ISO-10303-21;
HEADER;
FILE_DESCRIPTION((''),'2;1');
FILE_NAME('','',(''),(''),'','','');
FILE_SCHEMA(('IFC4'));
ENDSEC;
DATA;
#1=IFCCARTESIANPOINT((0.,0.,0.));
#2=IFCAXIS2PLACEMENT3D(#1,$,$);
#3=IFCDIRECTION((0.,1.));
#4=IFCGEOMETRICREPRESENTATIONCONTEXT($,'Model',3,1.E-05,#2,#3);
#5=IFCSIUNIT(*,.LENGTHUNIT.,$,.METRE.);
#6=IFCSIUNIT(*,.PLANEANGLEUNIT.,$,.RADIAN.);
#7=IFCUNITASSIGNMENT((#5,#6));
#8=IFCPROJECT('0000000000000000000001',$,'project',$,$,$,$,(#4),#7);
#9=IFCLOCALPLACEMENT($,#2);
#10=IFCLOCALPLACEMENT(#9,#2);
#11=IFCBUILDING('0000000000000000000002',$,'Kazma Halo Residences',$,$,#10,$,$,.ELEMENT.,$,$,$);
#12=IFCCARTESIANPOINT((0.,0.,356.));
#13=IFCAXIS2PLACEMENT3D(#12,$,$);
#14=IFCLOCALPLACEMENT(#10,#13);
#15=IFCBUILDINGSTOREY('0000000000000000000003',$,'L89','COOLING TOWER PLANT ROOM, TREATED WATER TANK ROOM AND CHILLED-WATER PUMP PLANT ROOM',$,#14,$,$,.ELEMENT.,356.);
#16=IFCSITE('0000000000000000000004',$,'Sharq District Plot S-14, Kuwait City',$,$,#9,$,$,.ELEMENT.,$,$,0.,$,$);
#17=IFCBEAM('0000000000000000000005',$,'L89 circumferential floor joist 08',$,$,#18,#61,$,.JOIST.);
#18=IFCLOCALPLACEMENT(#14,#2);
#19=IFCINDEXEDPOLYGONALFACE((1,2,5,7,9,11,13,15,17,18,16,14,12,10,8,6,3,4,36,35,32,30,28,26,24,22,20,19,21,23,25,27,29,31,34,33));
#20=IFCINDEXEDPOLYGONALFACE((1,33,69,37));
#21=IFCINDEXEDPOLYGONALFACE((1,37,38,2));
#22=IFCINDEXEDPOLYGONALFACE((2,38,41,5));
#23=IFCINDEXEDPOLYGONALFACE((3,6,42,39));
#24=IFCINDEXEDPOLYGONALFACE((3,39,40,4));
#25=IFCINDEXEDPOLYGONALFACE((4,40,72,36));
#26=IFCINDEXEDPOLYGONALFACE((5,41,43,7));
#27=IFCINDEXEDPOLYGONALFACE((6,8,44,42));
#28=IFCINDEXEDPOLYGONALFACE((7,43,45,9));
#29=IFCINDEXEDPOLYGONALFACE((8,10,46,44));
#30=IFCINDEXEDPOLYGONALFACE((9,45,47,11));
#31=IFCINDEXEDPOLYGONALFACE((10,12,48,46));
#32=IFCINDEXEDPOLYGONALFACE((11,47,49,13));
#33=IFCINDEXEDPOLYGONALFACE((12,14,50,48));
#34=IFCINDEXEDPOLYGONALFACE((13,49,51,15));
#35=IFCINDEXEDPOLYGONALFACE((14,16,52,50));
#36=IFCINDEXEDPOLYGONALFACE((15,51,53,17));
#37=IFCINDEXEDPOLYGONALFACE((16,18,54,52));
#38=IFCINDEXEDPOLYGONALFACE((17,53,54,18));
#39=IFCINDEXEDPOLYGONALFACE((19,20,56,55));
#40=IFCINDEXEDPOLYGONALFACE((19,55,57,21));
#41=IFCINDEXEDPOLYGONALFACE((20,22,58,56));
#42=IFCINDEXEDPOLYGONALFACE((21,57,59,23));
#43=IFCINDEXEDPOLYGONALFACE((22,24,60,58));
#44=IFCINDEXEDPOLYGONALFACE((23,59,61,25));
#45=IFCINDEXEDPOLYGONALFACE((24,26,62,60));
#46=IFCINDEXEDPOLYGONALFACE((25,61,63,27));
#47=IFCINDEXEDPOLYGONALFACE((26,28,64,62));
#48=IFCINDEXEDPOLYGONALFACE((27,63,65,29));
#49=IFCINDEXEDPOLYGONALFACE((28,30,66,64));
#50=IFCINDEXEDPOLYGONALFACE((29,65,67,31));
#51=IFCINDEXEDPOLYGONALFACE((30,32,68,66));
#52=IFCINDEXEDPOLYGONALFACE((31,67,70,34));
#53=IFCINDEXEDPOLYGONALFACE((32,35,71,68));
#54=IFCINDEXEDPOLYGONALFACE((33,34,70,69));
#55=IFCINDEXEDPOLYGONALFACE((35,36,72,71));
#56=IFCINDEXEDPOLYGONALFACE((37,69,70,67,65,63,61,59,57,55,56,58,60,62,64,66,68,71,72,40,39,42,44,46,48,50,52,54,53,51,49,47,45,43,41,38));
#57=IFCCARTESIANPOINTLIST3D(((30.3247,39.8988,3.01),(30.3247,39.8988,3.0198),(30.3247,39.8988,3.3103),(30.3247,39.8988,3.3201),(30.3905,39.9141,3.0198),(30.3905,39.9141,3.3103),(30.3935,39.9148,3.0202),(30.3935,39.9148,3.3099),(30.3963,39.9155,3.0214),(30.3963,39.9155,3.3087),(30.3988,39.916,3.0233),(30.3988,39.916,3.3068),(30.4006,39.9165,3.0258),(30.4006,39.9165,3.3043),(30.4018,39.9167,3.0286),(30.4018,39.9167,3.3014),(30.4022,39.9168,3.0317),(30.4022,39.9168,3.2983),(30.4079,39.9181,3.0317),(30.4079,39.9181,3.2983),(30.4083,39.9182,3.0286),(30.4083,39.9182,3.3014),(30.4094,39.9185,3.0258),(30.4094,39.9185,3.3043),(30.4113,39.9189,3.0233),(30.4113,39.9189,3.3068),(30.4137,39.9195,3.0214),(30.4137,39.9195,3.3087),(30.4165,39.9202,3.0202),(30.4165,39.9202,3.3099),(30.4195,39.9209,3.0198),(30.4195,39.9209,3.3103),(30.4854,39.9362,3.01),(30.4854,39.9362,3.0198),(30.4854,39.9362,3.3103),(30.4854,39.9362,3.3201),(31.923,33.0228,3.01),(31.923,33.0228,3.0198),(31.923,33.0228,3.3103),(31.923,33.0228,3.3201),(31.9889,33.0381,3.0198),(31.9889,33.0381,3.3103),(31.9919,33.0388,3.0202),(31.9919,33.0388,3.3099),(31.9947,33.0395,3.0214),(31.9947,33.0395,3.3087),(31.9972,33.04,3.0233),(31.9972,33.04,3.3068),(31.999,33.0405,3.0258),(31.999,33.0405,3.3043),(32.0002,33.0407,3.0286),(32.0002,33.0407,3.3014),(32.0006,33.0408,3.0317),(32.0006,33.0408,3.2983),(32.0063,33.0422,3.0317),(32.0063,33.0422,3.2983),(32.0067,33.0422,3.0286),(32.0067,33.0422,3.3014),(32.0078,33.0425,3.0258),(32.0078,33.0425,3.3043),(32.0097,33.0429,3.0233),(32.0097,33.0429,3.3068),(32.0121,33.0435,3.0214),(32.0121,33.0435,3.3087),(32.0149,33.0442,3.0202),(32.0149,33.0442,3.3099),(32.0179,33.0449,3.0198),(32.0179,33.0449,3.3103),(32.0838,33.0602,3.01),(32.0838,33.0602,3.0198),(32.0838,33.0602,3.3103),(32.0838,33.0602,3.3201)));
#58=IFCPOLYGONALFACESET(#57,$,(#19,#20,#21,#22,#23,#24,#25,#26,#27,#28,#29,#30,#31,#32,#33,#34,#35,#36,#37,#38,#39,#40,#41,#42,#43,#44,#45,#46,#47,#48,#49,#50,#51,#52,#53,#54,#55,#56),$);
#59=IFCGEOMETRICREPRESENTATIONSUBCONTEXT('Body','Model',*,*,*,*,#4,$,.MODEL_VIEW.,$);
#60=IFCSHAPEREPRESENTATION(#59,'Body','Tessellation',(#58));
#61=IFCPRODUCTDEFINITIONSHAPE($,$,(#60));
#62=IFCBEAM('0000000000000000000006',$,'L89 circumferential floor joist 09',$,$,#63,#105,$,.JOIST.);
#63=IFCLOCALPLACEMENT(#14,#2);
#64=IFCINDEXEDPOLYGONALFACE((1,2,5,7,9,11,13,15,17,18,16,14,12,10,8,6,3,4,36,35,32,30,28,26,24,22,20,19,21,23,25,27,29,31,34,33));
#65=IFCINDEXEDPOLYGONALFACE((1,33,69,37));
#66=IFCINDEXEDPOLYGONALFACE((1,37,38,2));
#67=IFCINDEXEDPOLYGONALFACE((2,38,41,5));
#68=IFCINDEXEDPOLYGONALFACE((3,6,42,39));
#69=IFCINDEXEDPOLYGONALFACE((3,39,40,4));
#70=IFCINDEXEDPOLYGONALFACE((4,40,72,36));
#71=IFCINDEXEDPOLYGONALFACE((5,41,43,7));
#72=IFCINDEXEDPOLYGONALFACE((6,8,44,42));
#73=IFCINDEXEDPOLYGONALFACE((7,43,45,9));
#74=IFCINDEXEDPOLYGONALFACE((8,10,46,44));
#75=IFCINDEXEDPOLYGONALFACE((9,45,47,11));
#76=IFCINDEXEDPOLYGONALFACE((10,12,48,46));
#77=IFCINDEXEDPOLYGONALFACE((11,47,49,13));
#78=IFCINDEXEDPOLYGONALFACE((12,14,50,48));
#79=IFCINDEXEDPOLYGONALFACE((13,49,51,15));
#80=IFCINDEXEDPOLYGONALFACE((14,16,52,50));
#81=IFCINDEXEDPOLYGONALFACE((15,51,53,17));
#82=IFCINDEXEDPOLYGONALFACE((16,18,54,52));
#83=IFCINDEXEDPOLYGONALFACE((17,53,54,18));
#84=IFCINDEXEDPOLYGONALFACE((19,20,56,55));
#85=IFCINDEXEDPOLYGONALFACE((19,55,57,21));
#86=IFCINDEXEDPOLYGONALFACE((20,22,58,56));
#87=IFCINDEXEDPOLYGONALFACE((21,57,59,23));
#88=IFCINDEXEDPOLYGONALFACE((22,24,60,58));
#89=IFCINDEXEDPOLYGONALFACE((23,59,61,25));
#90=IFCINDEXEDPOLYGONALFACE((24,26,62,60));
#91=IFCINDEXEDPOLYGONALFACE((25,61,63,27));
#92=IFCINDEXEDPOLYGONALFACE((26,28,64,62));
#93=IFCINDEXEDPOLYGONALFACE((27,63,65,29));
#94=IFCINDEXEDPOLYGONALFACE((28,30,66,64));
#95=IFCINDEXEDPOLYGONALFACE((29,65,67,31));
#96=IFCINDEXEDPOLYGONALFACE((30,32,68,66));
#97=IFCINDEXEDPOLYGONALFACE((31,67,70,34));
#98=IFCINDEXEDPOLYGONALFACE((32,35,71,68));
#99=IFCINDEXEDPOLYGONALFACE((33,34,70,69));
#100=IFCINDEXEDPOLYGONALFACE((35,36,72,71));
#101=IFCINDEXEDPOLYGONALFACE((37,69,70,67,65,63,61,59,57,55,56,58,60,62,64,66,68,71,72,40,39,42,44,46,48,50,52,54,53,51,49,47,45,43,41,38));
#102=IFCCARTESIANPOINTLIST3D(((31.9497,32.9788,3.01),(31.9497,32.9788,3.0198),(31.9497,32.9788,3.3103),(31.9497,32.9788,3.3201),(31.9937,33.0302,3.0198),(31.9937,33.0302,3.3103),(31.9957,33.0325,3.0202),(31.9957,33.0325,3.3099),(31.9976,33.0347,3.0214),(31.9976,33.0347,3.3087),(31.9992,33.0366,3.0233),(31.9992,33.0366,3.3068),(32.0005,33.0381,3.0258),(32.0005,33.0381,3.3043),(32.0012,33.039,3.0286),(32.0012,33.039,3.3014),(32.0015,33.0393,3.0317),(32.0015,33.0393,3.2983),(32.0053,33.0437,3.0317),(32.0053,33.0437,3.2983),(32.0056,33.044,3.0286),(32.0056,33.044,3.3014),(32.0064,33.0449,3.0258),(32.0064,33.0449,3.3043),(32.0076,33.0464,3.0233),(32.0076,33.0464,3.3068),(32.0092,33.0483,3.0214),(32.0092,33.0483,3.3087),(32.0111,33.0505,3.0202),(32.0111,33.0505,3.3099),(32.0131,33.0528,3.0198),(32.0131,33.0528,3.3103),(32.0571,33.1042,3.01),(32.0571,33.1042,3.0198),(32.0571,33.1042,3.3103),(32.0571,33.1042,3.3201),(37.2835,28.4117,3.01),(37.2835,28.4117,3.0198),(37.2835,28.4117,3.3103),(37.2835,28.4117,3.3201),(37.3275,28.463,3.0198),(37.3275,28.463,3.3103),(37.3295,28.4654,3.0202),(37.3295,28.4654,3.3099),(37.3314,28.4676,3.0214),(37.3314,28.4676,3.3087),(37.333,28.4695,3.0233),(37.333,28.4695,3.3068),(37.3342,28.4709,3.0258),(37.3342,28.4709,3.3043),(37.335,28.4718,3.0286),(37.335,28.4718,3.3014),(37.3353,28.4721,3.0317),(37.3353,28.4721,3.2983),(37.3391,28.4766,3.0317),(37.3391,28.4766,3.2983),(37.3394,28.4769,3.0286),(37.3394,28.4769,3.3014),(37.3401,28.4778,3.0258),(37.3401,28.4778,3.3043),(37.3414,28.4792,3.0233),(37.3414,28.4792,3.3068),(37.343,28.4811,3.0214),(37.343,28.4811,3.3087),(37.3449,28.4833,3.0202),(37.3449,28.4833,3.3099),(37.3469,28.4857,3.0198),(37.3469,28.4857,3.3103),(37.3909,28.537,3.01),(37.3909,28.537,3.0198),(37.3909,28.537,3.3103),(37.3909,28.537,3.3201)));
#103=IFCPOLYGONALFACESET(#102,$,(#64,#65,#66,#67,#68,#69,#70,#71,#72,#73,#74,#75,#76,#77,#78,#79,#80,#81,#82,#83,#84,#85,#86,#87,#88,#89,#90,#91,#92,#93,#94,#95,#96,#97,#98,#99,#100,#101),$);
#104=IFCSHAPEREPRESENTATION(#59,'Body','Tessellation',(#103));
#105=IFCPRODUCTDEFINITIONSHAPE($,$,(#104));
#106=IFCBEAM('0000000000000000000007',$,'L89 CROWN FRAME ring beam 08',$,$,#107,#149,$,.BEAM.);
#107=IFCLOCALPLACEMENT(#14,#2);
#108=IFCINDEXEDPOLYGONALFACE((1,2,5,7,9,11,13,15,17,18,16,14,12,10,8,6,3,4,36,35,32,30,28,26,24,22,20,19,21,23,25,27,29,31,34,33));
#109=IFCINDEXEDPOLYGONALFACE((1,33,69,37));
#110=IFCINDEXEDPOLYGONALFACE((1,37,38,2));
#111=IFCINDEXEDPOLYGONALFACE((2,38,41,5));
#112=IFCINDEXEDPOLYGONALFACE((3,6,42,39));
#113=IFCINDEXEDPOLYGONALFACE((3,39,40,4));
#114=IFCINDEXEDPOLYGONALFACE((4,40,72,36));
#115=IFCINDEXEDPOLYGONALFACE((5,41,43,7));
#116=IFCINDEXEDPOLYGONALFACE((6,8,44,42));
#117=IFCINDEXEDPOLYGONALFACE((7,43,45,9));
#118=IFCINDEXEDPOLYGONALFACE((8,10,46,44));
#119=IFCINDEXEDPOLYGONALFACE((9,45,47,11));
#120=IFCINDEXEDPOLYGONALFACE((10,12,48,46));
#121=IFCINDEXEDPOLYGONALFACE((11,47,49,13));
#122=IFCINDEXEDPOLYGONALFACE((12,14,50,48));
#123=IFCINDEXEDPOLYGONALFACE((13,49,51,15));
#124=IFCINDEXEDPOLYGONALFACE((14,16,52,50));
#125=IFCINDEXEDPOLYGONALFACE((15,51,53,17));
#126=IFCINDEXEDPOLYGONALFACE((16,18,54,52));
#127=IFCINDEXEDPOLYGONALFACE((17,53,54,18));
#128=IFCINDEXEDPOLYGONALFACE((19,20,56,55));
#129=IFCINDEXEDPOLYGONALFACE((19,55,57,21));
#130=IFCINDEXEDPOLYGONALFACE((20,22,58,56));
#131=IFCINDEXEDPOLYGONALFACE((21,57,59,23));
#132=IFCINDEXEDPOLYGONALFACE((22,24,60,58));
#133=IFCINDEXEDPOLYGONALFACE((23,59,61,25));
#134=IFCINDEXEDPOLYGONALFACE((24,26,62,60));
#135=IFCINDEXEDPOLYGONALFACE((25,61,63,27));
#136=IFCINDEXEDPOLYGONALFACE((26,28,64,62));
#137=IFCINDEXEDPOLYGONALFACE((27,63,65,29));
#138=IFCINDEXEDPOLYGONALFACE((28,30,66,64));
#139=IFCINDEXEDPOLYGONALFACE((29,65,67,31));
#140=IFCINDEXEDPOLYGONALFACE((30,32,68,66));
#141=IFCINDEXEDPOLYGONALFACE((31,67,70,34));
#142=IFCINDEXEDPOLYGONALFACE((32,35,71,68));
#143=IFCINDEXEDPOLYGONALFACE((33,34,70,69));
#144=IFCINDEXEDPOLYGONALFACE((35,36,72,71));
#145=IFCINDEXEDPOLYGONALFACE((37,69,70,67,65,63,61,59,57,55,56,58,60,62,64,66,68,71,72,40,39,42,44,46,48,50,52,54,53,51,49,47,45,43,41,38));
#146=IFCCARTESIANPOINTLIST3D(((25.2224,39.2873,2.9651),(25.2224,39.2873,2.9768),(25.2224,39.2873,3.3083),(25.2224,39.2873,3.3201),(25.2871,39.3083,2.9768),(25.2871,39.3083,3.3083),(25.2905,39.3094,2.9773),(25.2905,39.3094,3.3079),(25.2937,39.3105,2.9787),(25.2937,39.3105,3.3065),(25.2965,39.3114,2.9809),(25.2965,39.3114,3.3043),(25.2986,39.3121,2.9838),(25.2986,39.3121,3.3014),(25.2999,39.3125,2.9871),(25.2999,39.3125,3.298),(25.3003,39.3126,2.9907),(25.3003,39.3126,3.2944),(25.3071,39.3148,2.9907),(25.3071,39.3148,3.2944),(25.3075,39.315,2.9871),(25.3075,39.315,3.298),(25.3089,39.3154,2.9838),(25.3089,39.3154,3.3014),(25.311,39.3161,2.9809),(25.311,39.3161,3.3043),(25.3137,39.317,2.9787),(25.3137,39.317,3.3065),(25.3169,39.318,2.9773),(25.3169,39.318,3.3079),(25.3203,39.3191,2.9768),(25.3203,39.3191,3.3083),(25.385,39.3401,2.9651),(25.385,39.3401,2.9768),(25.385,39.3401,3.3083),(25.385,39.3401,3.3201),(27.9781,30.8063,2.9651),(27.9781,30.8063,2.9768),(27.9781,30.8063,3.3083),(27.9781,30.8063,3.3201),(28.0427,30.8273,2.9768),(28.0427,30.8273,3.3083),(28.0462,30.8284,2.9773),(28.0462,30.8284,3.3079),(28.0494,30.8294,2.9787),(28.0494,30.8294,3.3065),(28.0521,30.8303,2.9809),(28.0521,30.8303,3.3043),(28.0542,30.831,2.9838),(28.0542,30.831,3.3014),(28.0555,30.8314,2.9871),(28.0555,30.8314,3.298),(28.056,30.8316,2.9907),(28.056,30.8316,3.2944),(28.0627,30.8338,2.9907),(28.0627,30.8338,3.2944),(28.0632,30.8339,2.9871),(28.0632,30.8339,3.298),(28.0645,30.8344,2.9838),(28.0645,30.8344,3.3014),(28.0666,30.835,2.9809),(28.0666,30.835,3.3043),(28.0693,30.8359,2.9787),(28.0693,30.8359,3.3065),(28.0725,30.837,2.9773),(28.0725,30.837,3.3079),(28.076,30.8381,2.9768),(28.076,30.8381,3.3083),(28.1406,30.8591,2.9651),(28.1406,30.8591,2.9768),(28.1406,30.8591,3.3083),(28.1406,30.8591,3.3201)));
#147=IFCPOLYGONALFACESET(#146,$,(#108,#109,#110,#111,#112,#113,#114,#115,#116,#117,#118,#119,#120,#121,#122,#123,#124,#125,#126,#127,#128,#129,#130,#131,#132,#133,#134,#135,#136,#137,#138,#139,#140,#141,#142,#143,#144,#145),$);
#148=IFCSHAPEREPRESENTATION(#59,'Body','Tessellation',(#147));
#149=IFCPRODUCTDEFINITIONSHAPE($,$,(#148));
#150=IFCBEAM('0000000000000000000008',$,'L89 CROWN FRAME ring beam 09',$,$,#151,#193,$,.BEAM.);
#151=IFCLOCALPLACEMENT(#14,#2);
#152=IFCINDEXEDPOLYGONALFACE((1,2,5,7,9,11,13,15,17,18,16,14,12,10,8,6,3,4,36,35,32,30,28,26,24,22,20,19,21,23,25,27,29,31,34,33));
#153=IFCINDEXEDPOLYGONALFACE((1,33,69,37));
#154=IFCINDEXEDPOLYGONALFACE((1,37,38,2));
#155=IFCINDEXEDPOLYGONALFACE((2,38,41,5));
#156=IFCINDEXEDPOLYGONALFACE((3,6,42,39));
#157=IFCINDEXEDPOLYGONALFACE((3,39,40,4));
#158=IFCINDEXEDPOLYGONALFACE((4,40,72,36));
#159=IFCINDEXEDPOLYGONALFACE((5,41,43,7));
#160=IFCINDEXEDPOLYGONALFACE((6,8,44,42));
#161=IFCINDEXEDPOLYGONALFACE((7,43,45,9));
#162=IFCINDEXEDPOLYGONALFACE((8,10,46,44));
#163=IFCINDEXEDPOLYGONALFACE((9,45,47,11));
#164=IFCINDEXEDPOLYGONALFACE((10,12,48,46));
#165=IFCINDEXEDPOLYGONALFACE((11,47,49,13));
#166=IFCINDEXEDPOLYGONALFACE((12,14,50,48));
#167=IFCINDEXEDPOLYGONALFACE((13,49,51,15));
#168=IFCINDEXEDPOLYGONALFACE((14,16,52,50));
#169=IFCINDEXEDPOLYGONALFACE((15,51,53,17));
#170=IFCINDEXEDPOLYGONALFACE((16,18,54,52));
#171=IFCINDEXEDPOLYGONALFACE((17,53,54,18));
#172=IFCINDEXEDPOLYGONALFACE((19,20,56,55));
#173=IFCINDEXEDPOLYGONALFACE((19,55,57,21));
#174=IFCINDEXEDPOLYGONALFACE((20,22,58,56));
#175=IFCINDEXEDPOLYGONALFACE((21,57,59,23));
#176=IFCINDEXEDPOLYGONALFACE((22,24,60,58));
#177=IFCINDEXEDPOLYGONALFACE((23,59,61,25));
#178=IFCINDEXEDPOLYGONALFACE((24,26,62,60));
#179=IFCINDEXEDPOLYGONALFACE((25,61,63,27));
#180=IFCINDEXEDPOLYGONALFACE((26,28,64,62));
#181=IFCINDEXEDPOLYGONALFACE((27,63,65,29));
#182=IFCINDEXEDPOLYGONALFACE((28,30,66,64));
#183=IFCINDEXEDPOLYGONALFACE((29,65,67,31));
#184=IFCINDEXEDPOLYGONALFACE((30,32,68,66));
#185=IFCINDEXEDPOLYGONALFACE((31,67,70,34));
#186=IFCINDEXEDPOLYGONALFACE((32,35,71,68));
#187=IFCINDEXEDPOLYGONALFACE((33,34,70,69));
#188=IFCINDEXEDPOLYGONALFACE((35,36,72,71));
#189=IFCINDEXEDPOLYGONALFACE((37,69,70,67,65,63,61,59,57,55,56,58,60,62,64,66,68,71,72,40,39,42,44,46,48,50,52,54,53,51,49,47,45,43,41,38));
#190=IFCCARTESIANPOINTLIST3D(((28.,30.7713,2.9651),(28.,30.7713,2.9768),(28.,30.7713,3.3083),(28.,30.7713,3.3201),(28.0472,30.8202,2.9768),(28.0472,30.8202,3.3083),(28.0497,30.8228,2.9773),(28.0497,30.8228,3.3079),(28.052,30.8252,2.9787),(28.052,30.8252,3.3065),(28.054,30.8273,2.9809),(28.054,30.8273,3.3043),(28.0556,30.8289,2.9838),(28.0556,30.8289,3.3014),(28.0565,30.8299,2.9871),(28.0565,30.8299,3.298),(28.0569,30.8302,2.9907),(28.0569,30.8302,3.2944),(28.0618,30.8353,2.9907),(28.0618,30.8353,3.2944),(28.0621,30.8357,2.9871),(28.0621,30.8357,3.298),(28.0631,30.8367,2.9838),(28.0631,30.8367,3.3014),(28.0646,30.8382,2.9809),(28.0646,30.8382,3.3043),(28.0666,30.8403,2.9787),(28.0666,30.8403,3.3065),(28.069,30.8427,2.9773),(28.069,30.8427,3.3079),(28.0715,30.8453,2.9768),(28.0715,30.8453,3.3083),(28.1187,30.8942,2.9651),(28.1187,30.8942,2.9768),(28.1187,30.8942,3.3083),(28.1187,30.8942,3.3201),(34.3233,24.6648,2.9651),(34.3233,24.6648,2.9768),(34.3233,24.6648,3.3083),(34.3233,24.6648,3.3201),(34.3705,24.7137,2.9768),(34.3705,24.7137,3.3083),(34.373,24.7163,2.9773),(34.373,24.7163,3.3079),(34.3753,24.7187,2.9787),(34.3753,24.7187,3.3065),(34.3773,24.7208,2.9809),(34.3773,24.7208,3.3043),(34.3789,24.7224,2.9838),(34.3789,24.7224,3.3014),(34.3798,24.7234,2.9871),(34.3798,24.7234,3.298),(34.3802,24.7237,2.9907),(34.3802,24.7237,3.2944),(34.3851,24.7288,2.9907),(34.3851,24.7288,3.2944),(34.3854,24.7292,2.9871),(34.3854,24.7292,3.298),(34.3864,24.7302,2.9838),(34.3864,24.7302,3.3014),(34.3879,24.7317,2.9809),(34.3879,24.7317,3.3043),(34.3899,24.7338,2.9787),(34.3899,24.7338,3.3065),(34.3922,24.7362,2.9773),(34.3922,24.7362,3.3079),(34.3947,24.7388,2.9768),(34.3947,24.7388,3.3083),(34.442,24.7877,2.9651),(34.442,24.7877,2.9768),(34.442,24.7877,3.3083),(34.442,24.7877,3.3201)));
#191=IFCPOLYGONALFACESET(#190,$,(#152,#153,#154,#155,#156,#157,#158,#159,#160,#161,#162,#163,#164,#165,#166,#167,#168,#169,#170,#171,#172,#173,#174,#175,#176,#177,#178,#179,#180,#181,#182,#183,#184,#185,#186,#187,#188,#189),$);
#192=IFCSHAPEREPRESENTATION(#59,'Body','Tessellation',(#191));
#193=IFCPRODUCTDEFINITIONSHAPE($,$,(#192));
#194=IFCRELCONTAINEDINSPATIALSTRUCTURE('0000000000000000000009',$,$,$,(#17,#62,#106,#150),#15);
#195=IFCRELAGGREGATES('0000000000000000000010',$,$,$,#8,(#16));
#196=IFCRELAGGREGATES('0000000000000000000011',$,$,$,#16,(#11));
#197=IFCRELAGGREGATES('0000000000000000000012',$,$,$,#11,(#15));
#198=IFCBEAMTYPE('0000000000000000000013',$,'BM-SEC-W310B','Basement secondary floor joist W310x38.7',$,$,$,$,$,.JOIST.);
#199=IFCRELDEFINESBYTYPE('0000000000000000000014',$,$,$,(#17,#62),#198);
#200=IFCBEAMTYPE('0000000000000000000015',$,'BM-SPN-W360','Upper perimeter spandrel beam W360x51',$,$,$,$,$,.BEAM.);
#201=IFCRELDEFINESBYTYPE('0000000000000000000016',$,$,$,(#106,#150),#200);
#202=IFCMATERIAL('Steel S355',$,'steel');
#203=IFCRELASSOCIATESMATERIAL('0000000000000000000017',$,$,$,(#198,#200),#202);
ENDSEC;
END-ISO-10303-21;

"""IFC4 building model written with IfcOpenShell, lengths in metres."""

from ifc_helpers import new_model, si_unit, direction, frame, origin, origin_2d, place, context, subcontext, project, spatial, i_section, extrude, material, material_profile, profile_set, type_object, element, save


model = new_model("IFC4")

# Units and contexts
model_context = context("Model", 3, precision=1e-05, world=origin(), true_north=direction((0.0, 1.0)))
body_context = subcontext(model_context, "Body", "Model", "MODEL_VIEW")
ifc_project = project(units=[si_unit("LENGTHUNIT", "METRE"), si_unit("PLANEANGLEUNIT", "RADIAN")], contexts=[model_context])

# Site, building, storey
site_placement = place(None, origin())
site = spatial("IfcSite", under=ifc_project, at=site_placement, Name="Sharq District Plot S-14, Kuwait City", CompositionType="ELEMENT", RefElevation=0.0)
building_placement = place(site_placement, origin())
building = spatial("IfcBuilding", under=site, at=building_placement, Name="Kazma Halo Residences", CompositionType="ELEMENT")
storey_placement = place(building_placement, frame((0.0, 0.0, 356.0)))
storey = spatial("IfcBuildingStorey", under=building, at=storey_placement, Name="L89", Description="COOLING TOWER PLANT ROOM, TREATED WATER TANK ROOM AND CHILLED-WATER PUMP PLANT ROOM", CompositionType="ELEMENT", Elevation=356.0)

# Shared definitions
ifc_material_1 = material(Name="Steel S355", Category="steel")

# Beams
ifc_material_profile_1 = material_profile(ifc_material_1, i_section(OverallWidth=0.165, OverallDepth=0.3101, WebThickness=0.0059, FlangeThickness=0.0098, FilletRadius=0.012, at=origin_2d()), Name="W310x38.7")
ifc_profile_set_1 = profile_set([ifc_material_profile_1], Name="Steel S355")
beam_type_1 = type_object("IfcBeamType", Name="BM-SEC-W310B", Description="Basement secondary floor joist W310x38.7", PredefinedType="JOIST", material=ifc_profile_set_1)
beam_1_placement = place(storey_placement, frame((30.405, 39.9175, 3.165), z_axis=(0.226423, -0.974029, 0.0), x_axis=(0.974029, 0.226423, 0.0)))
element("IfcBeam", 1, at=beam_1_placement, inside=storey, type_object=beam_type_1, Name="L89 circumferential floor joist 08", PredefinedType="JOIST", context=body_context, shape_type="SweptSolid", body=[
    extrude(i_section(OverallWidth=0.165, OverallDepth=0.3101, WebThickness=0.0059, FlangeThickness=0.0098, FilletRadius=0.012, at=origin_2d()), origin(), (0.0, 0.0, 1.0), 7.0593),
])
beam_2_placement = place(storey_placement, frame((32.0034, 33.0415, 3.165), z_axis=(0.759583, -0.65041, 0.0), x_axis=(0.65041, 0.759583, 0.0)))
element("IfcBeam", 2, at=beam_2_placement, inside=storey, type_object=beam_type_1, Name="L89 circumferential floor joist 09", PredefinedType="JOIST", context=body_context, shape_type="SweptSolid", body=[
    extrude(i_section(OverallWidth=0.165, OverallDepth=0.3101, WebThickness=0.0059, FlangeThickness=0.0098, FilletRadius=0.012, at=origin_2d()), origin(), (0.0, 0.0, 1.0), 7.022),
])
ifc_material_profile_2 = material_profile(ifc_material_1, i_section(OverallWidth=0.1709, OverallDepth=0.355, WebThickness=0.0071, FlangeThickness=0.0117, FilletRadius=0.0139, at=origin_2d()), Name="W360x51")
ifc_profile_set_2 = profile_set([ifc_material_profile_2], Name="Steel S355")
beam_type_2 = type_object("IfcBeamType", Name="BM-SPN-W360", Description="Upper perimeter spandrel beam W360x51", PredefinedType="BEAM", material=ifc_profile_set_2)
beam_3_placement = place(storey_placement, frame((25.3037, 39.3137, 3.1426), z_axis=(0.309015, -0.951057, 0.0), x_axis=(0.951057, 0.309015, 0.0)))
element("IfcBeam", 3, at=beam_3_placement, inside=storey, type_object=beam_type_2, Name="L89 CROWN FRAME ring beam 08", PredefinedType="BEAM", context=body_context, shape_type="SweptSolid", body=[
    extrude(i_section(OverallWidth=0.1709, OverallDepth=0.355, WebThickness=0.0071, FlangeThickness=0.0117, FilletRadius=0.0139, at=origin_2d()), origin(), (0.0, 0.0, 1.0), 8.9175),
])
beam_4_placement = place(storey_placement, frame((28.0593, 30.8328, 3.1426), z_axis=(0.719331, -0.694668, 0.0), x_axis=(0.694668, 0.719331, 0.0)))
element("IfcBeam", 4, at=beam_4_placement, inside=storey, type_object=beam_type_2, Name="L89 CROWN FRAME ring beam 09", PredefinedType="BEAM", context=body_context, shape_type="SweptSolid", body=[
    extrude(i_section(OverallWidth=0.1709, OverallDepth=0.355, WebThickness=0.0071, FlangeThickness=0.0117, FilletRadius=0.0139, at=origin_2d()), origin(), (0.0, 0.0, 1.0), 8.7905),
])

save(model, "model.ifc")
